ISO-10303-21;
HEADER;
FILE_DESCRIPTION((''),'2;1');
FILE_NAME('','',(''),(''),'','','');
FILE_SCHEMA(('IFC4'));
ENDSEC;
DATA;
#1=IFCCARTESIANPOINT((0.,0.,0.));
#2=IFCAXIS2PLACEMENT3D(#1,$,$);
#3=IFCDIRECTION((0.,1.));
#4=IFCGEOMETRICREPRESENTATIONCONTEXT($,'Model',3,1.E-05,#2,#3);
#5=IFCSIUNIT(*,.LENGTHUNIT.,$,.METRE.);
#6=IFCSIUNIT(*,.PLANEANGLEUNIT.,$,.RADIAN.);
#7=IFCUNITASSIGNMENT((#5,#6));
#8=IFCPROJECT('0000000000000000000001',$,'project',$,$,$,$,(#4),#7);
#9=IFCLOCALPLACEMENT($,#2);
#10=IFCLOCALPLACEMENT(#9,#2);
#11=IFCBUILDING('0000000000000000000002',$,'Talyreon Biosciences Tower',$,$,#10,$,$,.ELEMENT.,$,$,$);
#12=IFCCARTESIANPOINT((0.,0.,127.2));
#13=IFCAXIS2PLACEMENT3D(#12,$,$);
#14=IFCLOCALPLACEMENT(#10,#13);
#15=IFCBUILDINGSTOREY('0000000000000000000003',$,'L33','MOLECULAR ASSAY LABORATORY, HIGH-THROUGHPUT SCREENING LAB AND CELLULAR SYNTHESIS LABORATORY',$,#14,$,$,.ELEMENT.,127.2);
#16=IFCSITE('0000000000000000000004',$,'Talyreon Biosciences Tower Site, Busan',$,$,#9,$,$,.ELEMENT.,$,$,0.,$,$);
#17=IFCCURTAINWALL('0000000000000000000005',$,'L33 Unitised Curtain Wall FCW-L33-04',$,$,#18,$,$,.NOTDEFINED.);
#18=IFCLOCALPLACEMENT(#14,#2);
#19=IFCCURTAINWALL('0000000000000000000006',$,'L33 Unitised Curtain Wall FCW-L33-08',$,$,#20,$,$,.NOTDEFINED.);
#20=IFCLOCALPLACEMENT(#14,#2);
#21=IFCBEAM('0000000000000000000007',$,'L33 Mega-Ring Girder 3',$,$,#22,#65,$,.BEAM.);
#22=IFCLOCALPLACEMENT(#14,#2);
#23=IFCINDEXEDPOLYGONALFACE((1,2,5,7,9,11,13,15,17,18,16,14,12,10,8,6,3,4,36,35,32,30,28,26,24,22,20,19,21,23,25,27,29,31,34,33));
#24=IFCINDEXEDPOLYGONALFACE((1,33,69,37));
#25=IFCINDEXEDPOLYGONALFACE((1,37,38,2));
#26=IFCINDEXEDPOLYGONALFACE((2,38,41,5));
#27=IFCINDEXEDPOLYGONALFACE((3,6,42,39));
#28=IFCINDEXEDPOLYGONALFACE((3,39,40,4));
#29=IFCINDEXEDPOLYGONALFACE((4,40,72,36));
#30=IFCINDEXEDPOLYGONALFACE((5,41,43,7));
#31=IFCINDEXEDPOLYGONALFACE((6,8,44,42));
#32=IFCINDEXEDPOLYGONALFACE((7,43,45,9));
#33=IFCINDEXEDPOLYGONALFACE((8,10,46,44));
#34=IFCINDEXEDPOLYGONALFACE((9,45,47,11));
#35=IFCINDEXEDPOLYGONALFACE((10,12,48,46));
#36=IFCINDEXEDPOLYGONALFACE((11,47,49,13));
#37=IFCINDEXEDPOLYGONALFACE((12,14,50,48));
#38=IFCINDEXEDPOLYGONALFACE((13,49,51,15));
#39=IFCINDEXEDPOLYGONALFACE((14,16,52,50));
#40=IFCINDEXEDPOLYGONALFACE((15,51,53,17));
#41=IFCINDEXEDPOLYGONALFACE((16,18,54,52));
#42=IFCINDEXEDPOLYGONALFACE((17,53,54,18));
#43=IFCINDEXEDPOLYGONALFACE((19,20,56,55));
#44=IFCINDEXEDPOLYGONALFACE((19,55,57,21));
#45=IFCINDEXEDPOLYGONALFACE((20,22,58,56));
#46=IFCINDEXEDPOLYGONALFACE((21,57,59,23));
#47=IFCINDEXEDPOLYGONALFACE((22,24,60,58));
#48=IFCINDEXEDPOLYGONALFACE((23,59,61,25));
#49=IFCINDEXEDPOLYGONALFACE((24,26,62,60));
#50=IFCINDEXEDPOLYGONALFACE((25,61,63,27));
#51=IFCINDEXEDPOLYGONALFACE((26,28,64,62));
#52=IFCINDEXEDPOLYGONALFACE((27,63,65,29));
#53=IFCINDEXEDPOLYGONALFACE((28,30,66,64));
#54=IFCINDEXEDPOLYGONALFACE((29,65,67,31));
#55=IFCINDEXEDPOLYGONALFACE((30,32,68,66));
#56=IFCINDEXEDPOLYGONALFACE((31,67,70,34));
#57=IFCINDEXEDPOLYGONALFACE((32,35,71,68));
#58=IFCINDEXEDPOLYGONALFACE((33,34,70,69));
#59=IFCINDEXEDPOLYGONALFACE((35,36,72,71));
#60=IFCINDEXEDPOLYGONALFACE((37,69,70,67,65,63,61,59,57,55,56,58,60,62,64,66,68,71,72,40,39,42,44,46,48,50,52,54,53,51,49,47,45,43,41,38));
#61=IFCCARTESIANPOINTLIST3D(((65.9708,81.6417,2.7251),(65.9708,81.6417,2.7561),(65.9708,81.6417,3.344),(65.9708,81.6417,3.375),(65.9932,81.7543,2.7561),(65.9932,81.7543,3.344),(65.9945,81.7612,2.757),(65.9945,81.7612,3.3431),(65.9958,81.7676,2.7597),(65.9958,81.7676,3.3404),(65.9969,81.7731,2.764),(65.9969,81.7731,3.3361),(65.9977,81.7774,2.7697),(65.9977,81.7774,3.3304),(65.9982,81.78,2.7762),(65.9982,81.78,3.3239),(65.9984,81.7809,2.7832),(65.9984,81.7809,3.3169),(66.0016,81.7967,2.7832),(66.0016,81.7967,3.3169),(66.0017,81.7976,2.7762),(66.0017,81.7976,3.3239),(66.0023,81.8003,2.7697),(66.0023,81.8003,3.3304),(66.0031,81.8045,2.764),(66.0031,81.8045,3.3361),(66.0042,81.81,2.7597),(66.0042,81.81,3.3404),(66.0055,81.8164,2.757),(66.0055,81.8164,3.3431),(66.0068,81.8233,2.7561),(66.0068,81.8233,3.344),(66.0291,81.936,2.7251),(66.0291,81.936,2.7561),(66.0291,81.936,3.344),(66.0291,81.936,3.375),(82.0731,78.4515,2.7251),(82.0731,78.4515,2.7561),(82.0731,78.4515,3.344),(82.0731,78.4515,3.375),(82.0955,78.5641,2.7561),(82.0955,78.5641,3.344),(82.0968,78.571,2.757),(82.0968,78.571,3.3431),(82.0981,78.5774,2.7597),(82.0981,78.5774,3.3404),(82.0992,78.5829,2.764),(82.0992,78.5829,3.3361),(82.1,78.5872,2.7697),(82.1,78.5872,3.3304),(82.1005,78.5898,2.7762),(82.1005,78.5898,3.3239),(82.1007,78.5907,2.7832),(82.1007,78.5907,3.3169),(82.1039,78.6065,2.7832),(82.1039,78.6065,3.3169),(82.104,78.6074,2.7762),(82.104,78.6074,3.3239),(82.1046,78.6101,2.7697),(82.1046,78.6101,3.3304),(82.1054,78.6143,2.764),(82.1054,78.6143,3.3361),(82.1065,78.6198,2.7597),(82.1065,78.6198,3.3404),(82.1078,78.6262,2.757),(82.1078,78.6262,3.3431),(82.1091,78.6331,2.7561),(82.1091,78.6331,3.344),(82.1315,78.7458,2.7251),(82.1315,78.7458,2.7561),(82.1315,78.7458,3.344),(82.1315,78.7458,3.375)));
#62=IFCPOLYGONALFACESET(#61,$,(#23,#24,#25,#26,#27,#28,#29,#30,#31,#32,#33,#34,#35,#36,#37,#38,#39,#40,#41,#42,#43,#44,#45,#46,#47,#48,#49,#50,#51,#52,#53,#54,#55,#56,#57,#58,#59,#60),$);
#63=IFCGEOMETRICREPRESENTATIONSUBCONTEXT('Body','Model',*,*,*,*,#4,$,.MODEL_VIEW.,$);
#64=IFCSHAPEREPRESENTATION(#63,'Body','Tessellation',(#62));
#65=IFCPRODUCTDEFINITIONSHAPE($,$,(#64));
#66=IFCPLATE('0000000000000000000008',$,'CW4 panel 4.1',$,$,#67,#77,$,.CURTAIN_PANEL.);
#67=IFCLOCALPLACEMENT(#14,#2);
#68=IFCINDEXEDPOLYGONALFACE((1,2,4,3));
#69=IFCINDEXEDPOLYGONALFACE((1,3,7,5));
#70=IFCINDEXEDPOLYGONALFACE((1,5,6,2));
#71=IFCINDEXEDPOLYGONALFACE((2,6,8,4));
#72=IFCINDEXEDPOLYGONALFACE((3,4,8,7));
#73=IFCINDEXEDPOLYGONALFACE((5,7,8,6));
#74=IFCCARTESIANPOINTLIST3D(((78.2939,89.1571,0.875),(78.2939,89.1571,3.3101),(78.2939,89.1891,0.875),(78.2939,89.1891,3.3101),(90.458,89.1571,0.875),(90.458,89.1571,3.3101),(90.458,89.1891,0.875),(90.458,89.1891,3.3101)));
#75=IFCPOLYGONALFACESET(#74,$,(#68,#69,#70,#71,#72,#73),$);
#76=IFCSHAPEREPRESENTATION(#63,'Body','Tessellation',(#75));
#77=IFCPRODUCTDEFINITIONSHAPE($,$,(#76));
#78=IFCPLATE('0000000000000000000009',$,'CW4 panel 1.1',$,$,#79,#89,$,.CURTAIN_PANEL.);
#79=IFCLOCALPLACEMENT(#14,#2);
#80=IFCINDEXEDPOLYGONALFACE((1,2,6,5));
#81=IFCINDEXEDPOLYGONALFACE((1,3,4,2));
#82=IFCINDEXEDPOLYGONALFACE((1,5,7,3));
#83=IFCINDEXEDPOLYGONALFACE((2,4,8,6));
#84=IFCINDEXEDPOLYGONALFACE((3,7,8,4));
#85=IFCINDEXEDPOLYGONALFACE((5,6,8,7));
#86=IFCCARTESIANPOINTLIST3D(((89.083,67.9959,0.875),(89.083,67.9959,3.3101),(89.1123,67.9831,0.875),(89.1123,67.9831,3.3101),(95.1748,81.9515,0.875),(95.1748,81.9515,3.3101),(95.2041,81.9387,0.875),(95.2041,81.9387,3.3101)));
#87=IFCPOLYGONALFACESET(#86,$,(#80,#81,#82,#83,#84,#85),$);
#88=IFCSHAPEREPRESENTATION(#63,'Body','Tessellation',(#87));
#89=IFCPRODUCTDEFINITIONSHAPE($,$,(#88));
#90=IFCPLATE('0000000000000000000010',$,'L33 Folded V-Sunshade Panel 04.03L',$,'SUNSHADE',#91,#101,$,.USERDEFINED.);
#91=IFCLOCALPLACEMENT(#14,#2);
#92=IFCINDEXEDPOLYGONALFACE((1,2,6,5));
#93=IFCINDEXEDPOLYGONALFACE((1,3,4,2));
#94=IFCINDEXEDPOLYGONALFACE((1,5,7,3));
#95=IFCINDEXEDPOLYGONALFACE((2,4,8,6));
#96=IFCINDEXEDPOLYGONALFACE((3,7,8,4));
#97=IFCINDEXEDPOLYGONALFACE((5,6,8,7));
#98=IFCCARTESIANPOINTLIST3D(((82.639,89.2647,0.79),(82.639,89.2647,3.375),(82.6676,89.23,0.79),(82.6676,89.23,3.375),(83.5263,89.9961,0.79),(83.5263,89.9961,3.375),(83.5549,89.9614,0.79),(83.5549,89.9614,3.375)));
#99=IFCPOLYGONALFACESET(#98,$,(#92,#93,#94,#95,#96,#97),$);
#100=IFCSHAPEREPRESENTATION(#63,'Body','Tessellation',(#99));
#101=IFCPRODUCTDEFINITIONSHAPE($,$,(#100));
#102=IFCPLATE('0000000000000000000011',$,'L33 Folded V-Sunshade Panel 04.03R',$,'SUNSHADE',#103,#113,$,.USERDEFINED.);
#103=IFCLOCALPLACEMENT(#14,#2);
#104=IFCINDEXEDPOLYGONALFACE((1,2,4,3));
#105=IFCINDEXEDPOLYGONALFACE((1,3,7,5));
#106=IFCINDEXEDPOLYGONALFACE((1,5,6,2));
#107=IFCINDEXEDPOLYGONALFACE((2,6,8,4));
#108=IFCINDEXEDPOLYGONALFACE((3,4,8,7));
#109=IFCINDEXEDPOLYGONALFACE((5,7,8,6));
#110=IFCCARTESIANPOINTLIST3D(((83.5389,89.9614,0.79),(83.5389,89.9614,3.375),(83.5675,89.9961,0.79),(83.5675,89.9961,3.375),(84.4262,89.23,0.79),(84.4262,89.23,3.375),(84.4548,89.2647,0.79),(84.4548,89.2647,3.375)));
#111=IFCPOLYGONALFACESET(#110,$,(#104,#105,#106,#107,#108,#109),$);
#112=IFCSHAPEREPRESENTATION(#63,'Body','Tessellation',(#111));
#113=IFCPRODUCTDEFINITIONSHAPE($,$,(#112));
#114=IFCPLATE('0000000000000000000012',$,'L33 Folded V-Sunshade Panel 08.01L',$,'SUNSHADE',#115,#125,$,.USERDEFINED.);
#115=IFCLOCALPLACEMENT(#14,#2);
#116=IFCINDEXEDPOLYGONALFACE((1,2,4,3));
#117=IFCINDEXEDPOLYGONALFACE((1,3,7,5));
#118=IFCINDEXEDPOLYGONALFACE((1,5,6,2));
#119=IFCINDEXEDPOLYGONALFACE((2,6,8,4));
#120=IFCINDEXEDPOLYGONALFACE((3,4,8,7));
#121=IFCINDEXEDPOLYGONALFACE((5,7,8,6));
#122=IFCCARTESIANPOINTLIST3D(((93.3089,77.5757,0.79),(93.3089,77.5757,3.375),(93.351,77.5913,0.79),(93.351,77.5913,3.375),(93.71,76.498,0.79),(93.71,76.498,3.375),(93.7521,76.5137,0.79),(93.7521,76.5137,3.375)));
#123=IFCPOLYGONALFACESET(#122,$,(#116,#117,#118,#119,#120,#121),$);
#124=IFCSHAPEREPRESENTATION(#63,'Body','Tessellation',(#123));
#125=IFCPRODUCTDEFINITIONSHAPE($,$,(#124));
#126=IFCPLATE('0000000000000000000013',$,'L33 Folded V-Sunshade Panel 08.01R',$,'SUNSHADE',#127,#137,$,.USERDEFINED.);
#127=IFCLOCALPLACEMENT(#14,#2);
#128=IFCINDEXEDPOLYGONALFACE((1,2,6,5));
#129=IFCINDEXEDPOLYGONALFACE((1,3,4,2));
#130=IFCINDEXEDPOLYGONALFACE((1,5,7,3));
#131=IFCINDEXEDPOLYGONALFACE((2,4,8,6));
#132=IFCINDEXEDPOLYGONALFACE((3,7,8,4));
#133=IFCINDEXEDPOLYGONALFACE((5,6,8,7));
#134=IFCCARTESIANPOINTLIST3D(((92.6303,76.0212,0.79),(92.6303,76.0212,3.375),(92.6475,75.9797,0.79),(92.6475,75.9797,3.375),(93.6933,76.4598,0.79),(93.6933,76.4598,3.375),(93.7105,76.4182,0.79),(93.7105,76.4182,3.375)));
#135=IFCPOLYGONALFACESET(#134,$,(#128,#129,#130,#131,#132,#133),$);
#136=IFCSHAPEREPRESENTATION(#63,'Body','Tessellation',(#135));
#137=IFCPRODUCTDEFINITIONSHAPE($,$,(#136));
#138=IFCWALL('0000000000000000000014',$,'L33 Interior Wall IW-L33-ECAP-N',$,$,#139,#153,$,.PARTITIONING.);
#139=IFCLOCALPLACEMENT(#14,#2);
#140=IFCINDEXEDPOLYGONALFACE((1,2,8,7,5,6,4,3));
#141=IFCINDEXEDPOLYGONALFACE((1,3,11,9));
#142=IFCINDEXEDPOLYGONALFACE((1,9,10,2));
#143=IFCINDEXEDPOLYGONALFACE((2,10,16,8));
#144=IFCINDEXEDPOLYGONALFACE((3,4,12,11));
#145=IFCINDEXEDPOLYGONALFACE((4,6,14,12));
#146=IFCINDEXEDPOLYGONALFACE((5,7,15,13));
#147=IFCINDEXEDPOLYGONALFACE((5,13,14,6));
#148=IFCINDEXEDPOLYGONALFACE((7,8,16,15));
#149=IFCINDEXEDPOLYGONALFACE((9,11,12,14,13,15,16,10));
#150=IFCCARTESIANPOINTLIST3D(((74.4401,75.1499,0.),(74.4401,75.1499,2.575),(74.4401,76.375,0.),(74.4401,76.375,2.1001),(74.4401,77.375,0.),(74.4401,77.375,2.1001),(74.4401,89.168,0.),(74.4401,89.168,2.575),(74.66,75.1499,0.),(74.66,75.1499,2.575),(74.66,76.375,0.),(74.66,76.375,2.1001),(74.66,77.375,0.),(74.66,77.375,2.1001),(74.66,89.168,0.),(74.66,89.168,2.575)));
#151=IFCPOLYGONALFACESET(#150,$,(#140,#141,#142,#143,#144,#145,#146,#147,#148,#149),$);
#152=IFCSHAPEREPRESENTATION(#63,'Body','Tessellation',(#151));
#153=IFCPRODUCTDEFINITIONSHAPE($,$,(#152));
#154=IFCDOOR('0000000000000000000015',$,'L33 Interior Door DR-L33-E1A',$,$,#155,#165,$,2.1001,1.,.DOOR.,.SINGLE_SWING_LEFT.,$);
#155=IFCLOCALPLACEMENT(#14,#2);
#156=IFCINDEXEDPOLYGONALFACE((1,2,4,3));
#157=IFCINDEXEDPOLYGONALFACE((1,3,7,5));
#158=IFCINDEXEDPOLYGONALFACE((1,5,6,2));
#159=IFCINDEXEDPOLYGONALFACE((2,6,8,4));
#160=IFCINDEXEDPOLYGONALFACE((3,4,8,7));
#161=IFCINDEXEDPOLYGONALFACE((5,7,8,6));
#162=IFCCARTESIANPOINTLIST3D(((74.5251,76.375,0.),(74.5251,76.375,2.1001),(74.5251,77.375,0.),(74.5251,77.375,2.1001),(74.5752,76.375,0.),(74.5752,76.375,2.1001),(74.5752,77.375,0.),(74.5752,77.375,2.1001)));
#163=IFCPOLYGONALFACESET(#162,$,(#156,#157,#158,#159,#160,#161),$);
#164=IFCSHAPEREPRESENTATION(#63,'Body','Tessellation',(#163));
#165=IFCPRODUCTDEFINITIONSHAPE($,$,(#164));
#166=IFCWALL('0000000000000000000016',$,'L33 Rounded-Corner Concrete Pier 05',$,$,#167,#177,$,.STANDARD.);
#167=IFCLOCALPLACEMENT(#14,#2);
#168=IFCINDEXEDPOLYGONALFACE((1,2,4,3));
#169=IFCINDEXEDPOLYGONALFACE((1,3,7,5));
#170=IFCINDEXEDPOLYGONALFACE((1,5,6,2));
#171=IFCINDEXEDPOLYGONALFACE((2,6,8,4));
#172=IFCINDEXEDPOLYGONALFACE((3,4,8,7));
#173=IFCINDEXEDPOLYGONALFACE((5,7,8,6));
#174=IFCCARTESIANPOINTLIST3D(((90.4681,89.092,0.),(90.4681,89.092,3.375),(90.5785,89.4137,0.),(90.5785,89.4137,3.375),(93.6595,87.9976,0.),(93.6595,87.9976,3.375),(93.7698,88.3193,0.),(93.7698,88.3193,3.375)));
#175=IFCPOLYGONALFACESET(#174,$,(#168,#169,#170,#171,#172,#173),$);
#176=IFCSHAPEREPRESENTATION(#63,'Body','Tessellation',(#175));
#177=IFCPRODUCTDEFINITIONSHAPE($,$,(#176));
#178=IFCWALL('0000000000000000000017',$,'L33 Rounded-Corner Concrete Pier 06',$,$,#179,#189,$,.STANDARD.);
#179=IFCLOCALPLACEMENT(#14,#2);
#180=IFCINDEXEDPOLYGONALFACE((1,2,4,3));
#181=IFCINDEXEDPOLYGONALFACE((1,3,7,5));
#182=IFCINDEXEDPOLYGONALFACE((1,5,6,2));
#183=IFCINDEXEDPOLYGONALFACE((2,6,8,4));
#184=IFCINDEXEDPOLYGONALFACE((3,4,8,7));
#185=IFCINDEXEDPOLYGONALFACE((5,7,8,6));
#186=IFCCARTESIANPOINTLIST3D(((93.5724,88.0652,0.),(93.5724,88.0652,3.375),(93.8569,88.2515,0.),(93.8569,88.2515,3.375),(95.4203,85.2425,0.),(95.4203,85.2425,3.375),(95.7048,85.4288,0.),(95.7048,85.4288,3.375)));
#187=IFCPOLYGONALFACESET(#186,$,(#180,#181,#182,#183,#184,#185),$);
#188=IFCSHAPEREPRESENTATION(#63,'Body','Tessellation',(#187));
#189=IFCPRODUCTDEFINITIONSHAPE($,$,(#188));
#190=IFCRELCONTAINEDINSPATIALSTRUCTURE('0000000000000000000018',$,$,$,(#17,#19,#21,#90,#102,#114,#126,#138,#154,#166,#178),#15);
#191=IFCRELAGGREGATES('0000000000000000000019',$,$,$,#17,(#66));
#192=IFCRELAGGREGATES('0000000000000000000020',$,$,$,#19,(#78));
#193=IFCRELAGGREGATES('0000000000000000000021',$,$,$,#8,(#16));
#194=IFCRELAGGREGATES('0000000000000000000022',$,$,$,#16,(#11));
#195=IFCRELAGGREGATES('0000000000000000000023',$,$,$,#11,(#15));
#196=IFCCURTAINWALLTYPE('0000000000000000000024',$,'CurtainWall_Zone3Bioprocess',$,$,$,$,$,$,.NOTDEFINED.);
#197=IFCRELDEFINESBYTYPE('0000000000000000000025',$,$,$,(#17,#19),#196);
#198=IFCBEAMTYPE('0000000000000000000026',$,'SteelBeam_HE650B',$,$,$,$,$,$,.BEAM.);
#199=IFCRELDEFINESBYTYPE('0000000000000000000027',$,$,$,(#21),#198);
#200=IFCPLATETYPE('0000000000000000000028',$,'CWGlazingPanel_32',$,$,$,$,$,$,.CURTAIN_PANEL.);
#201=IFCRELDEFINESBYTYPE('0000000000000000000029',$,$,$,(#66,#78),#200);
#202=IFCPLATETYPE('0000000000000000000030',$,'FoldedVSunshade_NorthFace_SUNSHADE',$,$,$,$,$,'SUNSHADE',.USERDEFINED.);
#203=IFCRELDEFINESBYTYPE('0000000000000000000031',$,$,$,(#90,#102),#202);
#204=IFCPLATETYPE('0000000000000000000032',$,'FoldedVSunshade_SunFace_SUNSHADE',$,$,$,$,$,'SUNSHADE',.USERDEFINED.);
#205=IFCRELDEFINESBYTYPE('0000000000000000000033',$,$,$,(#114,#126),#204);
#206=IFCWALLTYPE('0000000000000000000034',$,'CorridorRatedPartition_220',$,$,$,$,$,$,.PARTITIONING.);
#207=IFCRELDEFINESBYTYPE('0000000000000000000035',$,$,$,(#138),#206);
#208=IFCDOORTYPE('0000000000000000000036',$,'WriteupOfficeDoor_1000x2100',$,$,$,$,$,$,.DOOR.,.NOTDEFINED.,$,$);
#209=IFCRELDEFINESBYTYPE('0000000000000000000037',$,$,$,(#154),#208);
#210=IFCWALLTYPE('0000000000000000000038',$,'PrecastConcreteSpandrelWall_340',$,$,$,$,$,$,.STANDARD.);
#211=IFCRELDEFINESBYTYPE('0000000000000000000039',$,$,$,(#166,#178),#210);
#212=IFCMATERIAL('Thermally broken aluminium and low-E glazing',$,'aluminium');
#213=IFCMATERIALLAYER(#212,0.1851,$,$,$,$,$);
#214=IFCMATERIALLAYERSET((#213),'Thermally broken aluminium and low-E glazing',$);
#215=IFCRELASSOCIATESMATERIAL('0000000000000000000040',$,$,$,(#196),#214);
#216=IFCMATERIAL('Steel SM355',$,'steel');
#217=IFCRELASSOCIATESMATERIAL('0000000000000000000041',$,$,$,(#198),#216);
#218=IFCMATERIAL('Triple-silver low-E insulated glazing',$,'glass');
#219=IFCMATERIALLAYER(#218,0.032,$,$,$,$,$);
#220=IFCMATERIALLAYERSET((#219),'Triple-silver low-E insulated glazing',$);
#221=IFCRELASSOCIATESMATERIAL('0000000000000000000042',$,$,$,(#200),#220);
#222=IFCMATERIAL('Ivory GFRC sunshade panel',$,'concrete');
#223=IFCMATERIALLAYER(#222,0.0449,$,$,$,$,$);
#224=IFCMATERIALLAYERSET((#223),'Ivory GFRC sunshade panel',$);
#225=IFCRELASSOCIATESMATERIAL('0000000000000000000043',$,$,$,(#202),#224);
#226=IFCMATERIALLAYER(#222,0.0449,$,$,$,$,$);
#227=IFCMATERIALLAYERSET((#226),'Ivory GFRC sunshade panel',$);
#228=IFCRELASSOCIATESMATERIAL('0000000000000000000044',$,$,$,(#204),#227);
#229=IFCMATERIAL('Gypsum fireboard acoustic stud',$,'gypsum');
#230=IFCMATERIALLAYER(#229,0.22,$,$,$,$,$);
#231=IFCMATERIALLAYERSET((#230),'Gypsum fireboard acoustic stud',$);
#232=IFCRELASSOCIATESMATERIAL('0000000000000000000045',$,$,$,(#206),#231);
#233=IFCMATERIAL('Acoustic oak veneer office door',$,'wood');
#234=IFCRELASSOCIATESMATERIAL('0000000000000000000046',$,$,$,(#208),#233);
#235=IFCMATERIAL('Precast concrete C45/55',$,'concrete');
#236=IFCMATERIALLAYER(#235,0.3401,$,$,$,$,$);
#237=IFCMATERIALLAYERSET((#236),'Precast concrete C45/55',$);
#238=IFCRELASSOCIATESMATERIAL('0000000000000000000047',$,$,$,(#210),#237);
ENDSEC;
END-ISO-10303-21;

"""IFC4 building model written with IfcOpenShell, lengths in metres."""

from ifc_helpers import new_model, si_unit, direction, frame, frame_2d, origin, origin_2d, place, context, subcontext, project, spatial, rectangle, i_section, extrude, material, layer, layer_set, material_profile, profile_set, type_object, element, fill, aggregate, save


model = new_model("IFC4")

# Units and contexts
model_context = context("Model", 3, precision=1e-05, world=origin(), true_north=direction((0.0, 1.0)))
body_context = subcontext(model_context, "Body", "Model", "MODEL_VIEW")
ifc_project = project(units=[si_unit("LENGTHUNIT", "METRE"), si_unit("PLANEANGLEUNIT", "RADIAN")], contexts=[model_context])

# Site, building, storey
site_placement = place(None, origin())
site = spatial("IfcSite", under=ifc_project, at=site_placement, Name="Talyreon Biosciences Tower Site, Busan", CompositionType="ELEMENT", RefElevation=0.0)
building_placement = place(site_placement, origin())
building = spatial("IfcBuilding", under=site, at=building_placement, Name="Talyreon Biosciences Tower", CompositionType="ELEMENT")
storey_placement = place(building_placement, frame((0.0, 0.0, 127.2)))
storey = spatial("IfcBuildingStorey", under=building, at=storey_placement, Name="L33", Description="MOLECULAR ASSAY LABORATORY, HIGH-THROUGHPUT SCREENING LAB AND CELLULAR SYNTHESIS LABORATORY", CompositionType="ELEMENT", Elevation=127.2)

# Curtain wall
ifc_material_1 = material(Name="Thermally broken aluminium and low-E glazing", Category="aluminium")
ifc_layer_1 = layer(ifc_material_1, 0.1851)
ifc_layer_set_1 = layer_set([ifc_layer_1], Name="Thermally broken aluminium and low-E glazing")
curtain_wall_type = type_object("IfcCurtainWallType", Name="CurtainWall_Zone3Bioprocess", PredefinedType="NOTDEFINED", material=ifc_layer_set_1)
curtain_wall_1_placement = place(storey_placement, origin())
curtain_wall_1 = element("IfcCurtainWall", 1, at=curtain_wall_1_placement, inside=storey, type_object=curtain_wall_type, Name="L33 Unitised Curtain Wall FCW-L33-04", PredefinedType="NOTDEFINED")

# Curtain wall
curtain_wall_2_placement = place(storey_placement, origin())
curtain_wall_2 = element("IfcCurtainWall", 2, at=curtain_wall_2_placement, inside=storey, type_object=curtain_wall_type, Name="L33 Unitised Curtain Wall FCW-L33-08", PredefinedType="NOTDEFINED")

# Beam
ifc_material_2 = material(Name="Precast concrete C45/55", Category="concrete")
ifc_material_3 = material(Name="Steel SM355", Category="steel")
ifc_material_profile_1 = material_profile(ifc_material_3, i_section(OverallWidth=0.3, OverallDepth=0.6499, WebThickness=0.0161, FlangeThickness=0.031, FilletRadius=0.0271, at=origin_2d()), Name="HE650B")
ifc_profile_set_1 = profile_set([ifc_material_profile_1], Name="Steel SM355")
beam_type_1 = type_object("IfcBeamType", Name="SteelBeam_HE650B", PredefinedType="BEAM", material=ifc_profile_set_1)
beam_1_placement = place(storey_placement, frame((82.1023, 78.5986, 3.05), z_axis=(-0.980934, 0.194343, 0.0), x_axis=(-0.194343, -0.980934, 0.0)))
element("IfcBeam", 3, at=beam_1_placement, inside=storey, type_object=beam_type_1, Name="L33 Mega-Ring Girder 3", PredefinedType="BEAM", context=body_context, shape_type="SweptSolid", body=[
    extrude(i_section(OverallWidth=0.3, OverallDepth=0.6499, WebThickness=0.0161, FlangeThickness=0.031, FilletRadius=0.0271, at=origin_2d()), origin(), (0.0, 0.0, 1.0), 16.4153),
])

# Plates
ifc_material_4 = material(Name="Triple-silver low-E insulated glazing", Category="glass")
ifc_layer_2 = layer(ifc_material_4, 0.032)
ifc_layer_set_2 = layer_set([ifc_layer_2], Name="Triple-silver low-E insulated glazing")
plate_type_1 = type_object("IfcPlateType", Name="CWGlazingPanel_32", PredefinedType="CURTAIN_PANEL", material=ifc_layer_set_2)
plate_1_placement = place(storey_placement, frame((84.376, 89.1731, 0.875), z_axis=(0.0, 0.0, 1.0), x_axis=(1.0, 0.0, 0.0)))
plate_1 = element("IfcPlate", 4, at=plate_1_placement, type_object=plate_type_1, Name="CW4 panel 4.1", PredefinedType="CURTAIN_PANEL", context=body_context, shape_type="SweptSolid", body=[
    extrude(rectangle(XDim=12.1641, YDim=0.032, at=origin_2d()), origin(), (0.0, 0.0, 1.0), 2.4351),
])
aggregate(curtain_wall_1, [plate_1])
plate_2_placement = place(storey_placement, frame((92.1436, 74.9673, 0.875), z_axis=(0.0, 0.0, 1.0), x_axis=(-0.400058, -0.91649, 0.0)))
plate_2 = element("IfcPlate", 5, at=plate_2_placement, type_object=plate_type_1, Name="CW4 panel 1.1", PredefinedType="CURTAIN_PANEL", context=body_context, shape_type="SweptSolid", body=[
    extrude(rectangle(XDim=15.2273, YDim=0.032, at=origin_2d()), origin(), (0.0, 0.0, 1.0), 2.4351),
])
aggregate(curtain_wall_2, [plate_2])

# Plates
ifc_material_5 = material(Name="Ivory GFRC sunshade panel", Category="concrete")
ifc_layer_3 = layer(ifc_material_5, 0.0449)
ifc_layer_set_3 = layer_set([ifc_layer_3], Name="Ivory GFRC sunshade panel")
plate_type_2 = type_object("IfcPlateType", Name="FoldedVSunshade_NorthFace_SUNSHADE", ElementType="SUNSHADE", PredefinedType="USERDEFINED", material=ifc_layer_set_3)
for number, where, z_axis, x_axis, name in (
    (6, (83.0969, 89.613, 0.79), (0.0, 0.0, 1.0), (0.771625, 0.636078, 0.0), "L33 Folded V-Sunshade Panel 04.03L"),
    (7, (83.9968, 89.613, 0.79), (0.0, 0.0, 1.0), (0.771625, -0.636078, 0.0), "L33 Folded V-Sunshade Panel 04.03R"),
):
    element("IfcPlate", number, at=place(storey_placement, frame(where, z_axis=z_axis, x_axis=x_axis)), inside=storey, type_object=plate_type_2, Name=name, ObjectType="SUNSHADE", PredefinedType="USERDEFINED", context=body_context, shape_type="SweptSolid", body=[
        extrude(rectangle(XDim=1.1499, YDim=0.0449, at=origin_2d()), origin(), (0.0, 0.0, 1.0), 2.585),
    ])
ifc_layer_4 = layer(ifc_material_5, 0.0449)
ifc_layer_set_4 = layer_set([ifc_layer_4], Name="Ivory GFRC sunshade panel")
plate_type_3 = type_object("IfcPlateType", Name="FoldedVSunshade_SunFace_SUNSHADE", ElementType="SUNSHADE", PredefinedType="USERDEFINED", material=ifc_layer_set_4)
for number, where, z_axis, x_axis, name in (
    (8, (93.5305, 77.0447, 0.79), (0.0, 0.0, 1.0), (0.348866, -0.937172, 0.0), "L33 Folded V-Sunshade Panel 08.01L"),
    (9, (93.1704, 76.2197, 0.79), (0.0, 0.0, 1.0), (-0.924426, -0.381361, 0.0), "L33 Folded V-Sunshade Panel 08.01R"),
):
    element("IfcPlate", number, at=place(storey_placement, frame(where, z_axis=z_axis, x_axis=x_axis)), inside=storey, type_object=plate_type_3, Name=name, ObjectType="SUNSHADE", PredefinedType="USERDEFINED", context=body_context, shape_type="SweptSolid", body=[
        extrude(rectangle(XDim=1.1499, YDim=0.0449, at=origin_2d()), origin(), (0.0, 0.0, 1.0), 2.585),
    ])

# Wall, opening, door
ifc_material_6 = material(Name="Gypsum fireboard acoustic stud", Category="gypsum")
ifc_layer_5 = layer(ifc_material_6, 0.22)
ifc_layer_set_5 = layer_set([ifc_layer_5], Name="Gypsum fireboard acoustic stud")
wall_type_1 = type_object("IfcWallType", Name="CorridorRatedPartition_220", PredefinedType="PARTITIONING", material=ifc_layer_set_5)
wall_1_placement = place(storey_placement, frame((74.55, 75.1499, 0.0), z_axis=(0.0, 0.0, 1.0), x_axis=(0.0, 1.0, 0.0)))
wall_1 = element("IfcWall", 10, at=wall_1_placement, inside=storey, type_object=wall_type_1, Name="L33 Interior Wall IW-L33-ECAP-N", PredefinedType="PARTITIONING", context=body_context, shape_type="SweptSolid", body=[
    extrude(rectangle(XDim=14.0181, YDim=0.22, at=frame_2d((7.009, 0.0))), origin(), (0.0, 0.0, 1.0), 2.575),
])
opening_placement = place(wall_1_placement, frame((1.2251, 0.0, 0.0)))
opening = element("IfcOpeningElement", 11, at=opening_placement, cuts=wall_1, PredefinedType="OPENING", context=body_context, shape_type="SweptSolid", body=[
    extrude(rectangle(XDim=1.0, YDim=2.1001, at=frame_2d((0.5, 1.05))), frame((0.0, 0.1199, 0.0), z_axis=(0.0, -1.0, 0.0), x_axis=(1.0, 0.0, 0.0)), (0.0, 0.0, 1.0), 0.24),
])
ifc_material_7 = material(Name="Acoustic oak veneer office door", Category="wood")
door_type = type_object("IfcDoorType", Name="WriteupOfficeDoor_1000x2100", OperationType="NOTDEFINED", PredefinedType="DOOR", material=ifc_material_7)
door_placement = place(opening_placement, origin())
door = element("IfcDoor", 12, at=door_placement, inside=storey, type_object=door_type, Name="L33 Interior Door DR-L33-E1A", OperationType="SINGLE_SWING_LEFT", OverallHeight=2.1001, OverallWidth=1.0, PredefinedType="DOOR", context=body_context, shape_type="SweptSolid", body=[
    extrude(rectangle(XDim=1.0, YDim=2.1001, at=frame_2d((0.5, 1.05))), frame((0.0, 0.0249, 0.0), z_axis=(0.0, -1.0, 0.0), x_axis=(1.0, 0.0, 0.0)), (0.0, 0.0, 1.0), 0.05),
])
fill(opening, door)

# Walls
ifc_layer_6 = layer(ifc_material_2, 0.3401)
ifc_layer_set_6 = layer_set([ifc_layer_6], Name="Precast concrete C45/55")
wall_type_2 = type_object("IfcWallType", Name="PrecastConcreteSpandrelWall_340", PredefinedType="STANDARD", material=ifc_layer_set_6)
for number, where, z_axis, x_axis, name in (
    (13, (90.5232, 89.2529, 0.0), (0.0, 0.0, 1.0), (0.94592, -0.3244, 0.0), "L33 Rounded-Corner Concrete Pier 05"),
    (14, (93.7146, 88.1584, 0.0), (0.0, 0.0, 1.0), (0.547717, -0.836664, 0.0), "L33 Rounded-Corner Concrete Pier 06"),
):
    element("IfcWall", number, at=place(storey_placement, frame(where, z_axis=z_axis, x_axis=x_axis)), inside=storey, type_object=wall_type_2, Name=name, PredefinedType="STANDARD", context=body_context, shape_type="SweptSolid", body=[
        extrude(rectangle(XDim=3.3738, YDim=0.3401, at=frame_2d((1.687, 0.0))), origin(), (0.0, 0.0, 1.0), 3.375),
    ])

save(model, "model.ifc")
